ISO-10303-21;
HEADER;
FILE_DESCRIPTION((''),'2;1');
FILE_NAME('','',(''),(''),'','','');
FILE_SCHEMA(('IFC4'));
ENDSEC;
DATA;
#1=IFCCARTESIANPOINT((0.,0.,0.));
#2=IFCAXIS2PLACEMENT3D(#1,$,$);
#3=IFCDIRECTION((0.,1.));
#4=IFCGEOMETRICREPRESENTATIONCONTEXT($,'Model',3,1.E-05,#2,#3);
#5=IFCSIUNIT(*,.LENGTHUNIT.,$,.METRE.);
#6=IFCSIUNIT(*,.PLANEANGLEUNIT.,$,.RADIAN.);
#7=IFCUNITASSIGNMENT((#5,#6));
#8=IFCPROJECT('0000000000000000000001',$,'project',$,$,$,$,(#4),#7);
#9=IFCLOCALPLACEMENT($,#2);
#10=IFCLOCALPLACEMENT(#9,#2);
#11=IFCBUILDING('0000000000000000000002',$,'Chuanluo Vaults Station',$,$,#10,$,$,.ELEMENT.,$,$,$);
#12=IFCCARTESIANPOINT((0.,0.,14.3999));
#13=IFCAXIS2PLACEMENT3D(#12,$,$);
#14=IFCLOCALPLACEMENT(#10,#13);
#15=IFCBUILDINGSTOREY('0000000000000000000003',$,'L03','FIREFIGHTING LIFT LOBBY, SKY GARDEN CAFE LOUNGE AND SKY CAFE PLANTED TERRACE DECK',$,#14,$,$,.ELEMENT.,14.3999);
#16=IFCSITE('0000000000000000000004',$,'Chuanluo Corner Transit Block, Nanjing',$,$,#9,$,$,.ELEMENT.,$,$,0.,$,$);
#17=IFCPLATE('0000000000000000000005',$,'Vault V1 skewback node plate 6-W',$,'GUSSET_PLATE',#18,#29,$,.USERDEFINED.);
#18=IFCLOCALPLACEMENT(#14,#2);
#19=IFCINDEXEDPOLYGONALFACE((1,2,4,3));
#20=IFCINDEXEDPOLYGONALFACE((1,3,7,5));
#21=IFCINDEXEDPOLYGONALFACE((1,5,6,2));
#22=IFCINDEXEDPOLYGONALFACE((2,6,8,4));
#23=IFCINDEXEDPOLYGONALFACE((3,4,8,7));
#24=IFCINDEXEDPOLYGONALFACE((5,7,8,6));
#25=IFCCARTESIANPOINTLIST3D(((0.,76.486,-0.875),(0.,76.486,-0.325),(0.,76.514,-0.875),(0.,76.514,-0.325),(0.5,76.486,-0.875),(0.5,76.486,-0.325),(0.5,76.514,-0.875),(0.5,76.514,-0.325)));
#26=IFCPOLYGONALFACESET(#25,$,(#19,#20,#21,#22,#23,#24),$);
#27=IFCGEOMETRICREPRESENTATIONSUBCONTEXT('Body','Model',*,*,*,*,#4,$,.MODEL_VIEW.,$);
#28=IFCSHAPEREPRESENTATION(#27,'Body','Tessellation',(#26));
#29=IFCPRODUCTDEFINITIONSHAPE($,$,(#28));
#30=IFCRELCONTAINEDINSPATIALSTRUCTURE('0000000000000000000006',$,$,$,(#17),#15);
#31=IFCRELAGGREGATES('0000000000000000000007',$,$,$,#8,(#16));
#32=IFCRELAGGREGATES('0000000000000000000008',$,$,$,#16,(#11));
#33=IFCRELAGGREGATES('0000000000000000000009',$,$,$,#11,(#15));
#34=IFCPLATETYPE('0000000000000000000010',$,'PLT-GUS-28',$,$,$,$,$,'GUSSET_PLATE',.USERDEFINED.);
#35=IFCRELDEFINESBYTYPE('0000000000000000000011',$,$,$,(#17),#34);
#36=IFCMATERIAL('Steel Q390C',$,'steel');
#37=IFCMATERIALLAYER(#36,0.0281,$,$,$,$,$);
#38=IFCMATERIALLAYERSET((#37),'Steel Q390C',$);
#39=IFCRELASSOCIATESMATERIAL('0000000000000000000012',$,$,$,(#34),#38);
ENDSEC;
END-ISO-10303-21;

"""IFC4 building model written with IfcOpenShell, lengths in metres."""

from ifc_helpers import new_model, si_unit, direction, frame, origin, origin_2d, place, context, subcontext, project, spatial, rectangle, extrude, material, layer, layer_set, type_object, element, save


model = new_model("IFC4")

# Units and contexts
model_context = context("Model", 3, precision=1e-05, world=origin(), true_north=direction((0.0, 1.0)))
body_context = subcontext(model_context, "Body", "Model", "MODEL_VIEW")
ifc_project = project(units=[si_unit("LENGTHUNIT", "METRE"), si_unit("PLANEANGLEUNIT", "RADIAN")], contexts=[model_context])

# Site, building, storey
site_placement = place(None, origin())
site = spatial("IfcSite", under=ifc_project, at=site_placement, Name="Chuanluo Corner Transit Block, Nanjing", CompositionType="ELEMENT", RefElevation=0.0)
building_placement = place(site_placement, origin())
building = spatial("IfcBuilding", under=site, at=building_placement, Name="Chuanluo Vaults Station", CompositionType="ELEMENT")
storey_placement = place(building_placement, frame((0.0, 0.0, 14.3999)))
storey = spatial("IfcBuildingStorey", under=building, at=storey_placement, Name="L03", Description="FIREFIGHTING LIFT LOBBY, SKY GARDEN CAFE LOUNGE AND SKY CAFE PLANTED TERRACE DECK", CompositionType="ELEMENT", Elevation=14.3999)

# Plate
ifc_material_1 = material(Name="Steel Q390C", Category="steel")
ifc_layer = layer(ifc_material_1, 0.0281)
ifc_layer_set = layer_set([ifc_layer], Name="Steel Q390C")
plate_type = type_object("IfcPlateType", Name="PLT-GUS-28", ElementType="GUSSET_PLATE", PredefinedType="USERDEFINED", material=ifc_layer_set)
plate_placement = place(storey_placement, frame((0.25, 76.5, -0.875), z_axis=(0.0, 0.0, 1.0), x_axis=(1.0, 0.0, 0.0)))
element("IfcPlate", 1, at=plate_placement, inside=storey, type_object=plate_type, Name="Vault V1 skewback node plate 6-W", ObjectType="GUSSET_PLATE", PredefinedType="USERDEFINED", context=body_context, shape_type="SweptSolid", body=[
    extrude(rectangle(XDim=0.5, YDim=0.0281, at=origin_2d()), origin(), (0.0, 0.0, 1.0), 0.55),
])

save(model, "model.ifc")
